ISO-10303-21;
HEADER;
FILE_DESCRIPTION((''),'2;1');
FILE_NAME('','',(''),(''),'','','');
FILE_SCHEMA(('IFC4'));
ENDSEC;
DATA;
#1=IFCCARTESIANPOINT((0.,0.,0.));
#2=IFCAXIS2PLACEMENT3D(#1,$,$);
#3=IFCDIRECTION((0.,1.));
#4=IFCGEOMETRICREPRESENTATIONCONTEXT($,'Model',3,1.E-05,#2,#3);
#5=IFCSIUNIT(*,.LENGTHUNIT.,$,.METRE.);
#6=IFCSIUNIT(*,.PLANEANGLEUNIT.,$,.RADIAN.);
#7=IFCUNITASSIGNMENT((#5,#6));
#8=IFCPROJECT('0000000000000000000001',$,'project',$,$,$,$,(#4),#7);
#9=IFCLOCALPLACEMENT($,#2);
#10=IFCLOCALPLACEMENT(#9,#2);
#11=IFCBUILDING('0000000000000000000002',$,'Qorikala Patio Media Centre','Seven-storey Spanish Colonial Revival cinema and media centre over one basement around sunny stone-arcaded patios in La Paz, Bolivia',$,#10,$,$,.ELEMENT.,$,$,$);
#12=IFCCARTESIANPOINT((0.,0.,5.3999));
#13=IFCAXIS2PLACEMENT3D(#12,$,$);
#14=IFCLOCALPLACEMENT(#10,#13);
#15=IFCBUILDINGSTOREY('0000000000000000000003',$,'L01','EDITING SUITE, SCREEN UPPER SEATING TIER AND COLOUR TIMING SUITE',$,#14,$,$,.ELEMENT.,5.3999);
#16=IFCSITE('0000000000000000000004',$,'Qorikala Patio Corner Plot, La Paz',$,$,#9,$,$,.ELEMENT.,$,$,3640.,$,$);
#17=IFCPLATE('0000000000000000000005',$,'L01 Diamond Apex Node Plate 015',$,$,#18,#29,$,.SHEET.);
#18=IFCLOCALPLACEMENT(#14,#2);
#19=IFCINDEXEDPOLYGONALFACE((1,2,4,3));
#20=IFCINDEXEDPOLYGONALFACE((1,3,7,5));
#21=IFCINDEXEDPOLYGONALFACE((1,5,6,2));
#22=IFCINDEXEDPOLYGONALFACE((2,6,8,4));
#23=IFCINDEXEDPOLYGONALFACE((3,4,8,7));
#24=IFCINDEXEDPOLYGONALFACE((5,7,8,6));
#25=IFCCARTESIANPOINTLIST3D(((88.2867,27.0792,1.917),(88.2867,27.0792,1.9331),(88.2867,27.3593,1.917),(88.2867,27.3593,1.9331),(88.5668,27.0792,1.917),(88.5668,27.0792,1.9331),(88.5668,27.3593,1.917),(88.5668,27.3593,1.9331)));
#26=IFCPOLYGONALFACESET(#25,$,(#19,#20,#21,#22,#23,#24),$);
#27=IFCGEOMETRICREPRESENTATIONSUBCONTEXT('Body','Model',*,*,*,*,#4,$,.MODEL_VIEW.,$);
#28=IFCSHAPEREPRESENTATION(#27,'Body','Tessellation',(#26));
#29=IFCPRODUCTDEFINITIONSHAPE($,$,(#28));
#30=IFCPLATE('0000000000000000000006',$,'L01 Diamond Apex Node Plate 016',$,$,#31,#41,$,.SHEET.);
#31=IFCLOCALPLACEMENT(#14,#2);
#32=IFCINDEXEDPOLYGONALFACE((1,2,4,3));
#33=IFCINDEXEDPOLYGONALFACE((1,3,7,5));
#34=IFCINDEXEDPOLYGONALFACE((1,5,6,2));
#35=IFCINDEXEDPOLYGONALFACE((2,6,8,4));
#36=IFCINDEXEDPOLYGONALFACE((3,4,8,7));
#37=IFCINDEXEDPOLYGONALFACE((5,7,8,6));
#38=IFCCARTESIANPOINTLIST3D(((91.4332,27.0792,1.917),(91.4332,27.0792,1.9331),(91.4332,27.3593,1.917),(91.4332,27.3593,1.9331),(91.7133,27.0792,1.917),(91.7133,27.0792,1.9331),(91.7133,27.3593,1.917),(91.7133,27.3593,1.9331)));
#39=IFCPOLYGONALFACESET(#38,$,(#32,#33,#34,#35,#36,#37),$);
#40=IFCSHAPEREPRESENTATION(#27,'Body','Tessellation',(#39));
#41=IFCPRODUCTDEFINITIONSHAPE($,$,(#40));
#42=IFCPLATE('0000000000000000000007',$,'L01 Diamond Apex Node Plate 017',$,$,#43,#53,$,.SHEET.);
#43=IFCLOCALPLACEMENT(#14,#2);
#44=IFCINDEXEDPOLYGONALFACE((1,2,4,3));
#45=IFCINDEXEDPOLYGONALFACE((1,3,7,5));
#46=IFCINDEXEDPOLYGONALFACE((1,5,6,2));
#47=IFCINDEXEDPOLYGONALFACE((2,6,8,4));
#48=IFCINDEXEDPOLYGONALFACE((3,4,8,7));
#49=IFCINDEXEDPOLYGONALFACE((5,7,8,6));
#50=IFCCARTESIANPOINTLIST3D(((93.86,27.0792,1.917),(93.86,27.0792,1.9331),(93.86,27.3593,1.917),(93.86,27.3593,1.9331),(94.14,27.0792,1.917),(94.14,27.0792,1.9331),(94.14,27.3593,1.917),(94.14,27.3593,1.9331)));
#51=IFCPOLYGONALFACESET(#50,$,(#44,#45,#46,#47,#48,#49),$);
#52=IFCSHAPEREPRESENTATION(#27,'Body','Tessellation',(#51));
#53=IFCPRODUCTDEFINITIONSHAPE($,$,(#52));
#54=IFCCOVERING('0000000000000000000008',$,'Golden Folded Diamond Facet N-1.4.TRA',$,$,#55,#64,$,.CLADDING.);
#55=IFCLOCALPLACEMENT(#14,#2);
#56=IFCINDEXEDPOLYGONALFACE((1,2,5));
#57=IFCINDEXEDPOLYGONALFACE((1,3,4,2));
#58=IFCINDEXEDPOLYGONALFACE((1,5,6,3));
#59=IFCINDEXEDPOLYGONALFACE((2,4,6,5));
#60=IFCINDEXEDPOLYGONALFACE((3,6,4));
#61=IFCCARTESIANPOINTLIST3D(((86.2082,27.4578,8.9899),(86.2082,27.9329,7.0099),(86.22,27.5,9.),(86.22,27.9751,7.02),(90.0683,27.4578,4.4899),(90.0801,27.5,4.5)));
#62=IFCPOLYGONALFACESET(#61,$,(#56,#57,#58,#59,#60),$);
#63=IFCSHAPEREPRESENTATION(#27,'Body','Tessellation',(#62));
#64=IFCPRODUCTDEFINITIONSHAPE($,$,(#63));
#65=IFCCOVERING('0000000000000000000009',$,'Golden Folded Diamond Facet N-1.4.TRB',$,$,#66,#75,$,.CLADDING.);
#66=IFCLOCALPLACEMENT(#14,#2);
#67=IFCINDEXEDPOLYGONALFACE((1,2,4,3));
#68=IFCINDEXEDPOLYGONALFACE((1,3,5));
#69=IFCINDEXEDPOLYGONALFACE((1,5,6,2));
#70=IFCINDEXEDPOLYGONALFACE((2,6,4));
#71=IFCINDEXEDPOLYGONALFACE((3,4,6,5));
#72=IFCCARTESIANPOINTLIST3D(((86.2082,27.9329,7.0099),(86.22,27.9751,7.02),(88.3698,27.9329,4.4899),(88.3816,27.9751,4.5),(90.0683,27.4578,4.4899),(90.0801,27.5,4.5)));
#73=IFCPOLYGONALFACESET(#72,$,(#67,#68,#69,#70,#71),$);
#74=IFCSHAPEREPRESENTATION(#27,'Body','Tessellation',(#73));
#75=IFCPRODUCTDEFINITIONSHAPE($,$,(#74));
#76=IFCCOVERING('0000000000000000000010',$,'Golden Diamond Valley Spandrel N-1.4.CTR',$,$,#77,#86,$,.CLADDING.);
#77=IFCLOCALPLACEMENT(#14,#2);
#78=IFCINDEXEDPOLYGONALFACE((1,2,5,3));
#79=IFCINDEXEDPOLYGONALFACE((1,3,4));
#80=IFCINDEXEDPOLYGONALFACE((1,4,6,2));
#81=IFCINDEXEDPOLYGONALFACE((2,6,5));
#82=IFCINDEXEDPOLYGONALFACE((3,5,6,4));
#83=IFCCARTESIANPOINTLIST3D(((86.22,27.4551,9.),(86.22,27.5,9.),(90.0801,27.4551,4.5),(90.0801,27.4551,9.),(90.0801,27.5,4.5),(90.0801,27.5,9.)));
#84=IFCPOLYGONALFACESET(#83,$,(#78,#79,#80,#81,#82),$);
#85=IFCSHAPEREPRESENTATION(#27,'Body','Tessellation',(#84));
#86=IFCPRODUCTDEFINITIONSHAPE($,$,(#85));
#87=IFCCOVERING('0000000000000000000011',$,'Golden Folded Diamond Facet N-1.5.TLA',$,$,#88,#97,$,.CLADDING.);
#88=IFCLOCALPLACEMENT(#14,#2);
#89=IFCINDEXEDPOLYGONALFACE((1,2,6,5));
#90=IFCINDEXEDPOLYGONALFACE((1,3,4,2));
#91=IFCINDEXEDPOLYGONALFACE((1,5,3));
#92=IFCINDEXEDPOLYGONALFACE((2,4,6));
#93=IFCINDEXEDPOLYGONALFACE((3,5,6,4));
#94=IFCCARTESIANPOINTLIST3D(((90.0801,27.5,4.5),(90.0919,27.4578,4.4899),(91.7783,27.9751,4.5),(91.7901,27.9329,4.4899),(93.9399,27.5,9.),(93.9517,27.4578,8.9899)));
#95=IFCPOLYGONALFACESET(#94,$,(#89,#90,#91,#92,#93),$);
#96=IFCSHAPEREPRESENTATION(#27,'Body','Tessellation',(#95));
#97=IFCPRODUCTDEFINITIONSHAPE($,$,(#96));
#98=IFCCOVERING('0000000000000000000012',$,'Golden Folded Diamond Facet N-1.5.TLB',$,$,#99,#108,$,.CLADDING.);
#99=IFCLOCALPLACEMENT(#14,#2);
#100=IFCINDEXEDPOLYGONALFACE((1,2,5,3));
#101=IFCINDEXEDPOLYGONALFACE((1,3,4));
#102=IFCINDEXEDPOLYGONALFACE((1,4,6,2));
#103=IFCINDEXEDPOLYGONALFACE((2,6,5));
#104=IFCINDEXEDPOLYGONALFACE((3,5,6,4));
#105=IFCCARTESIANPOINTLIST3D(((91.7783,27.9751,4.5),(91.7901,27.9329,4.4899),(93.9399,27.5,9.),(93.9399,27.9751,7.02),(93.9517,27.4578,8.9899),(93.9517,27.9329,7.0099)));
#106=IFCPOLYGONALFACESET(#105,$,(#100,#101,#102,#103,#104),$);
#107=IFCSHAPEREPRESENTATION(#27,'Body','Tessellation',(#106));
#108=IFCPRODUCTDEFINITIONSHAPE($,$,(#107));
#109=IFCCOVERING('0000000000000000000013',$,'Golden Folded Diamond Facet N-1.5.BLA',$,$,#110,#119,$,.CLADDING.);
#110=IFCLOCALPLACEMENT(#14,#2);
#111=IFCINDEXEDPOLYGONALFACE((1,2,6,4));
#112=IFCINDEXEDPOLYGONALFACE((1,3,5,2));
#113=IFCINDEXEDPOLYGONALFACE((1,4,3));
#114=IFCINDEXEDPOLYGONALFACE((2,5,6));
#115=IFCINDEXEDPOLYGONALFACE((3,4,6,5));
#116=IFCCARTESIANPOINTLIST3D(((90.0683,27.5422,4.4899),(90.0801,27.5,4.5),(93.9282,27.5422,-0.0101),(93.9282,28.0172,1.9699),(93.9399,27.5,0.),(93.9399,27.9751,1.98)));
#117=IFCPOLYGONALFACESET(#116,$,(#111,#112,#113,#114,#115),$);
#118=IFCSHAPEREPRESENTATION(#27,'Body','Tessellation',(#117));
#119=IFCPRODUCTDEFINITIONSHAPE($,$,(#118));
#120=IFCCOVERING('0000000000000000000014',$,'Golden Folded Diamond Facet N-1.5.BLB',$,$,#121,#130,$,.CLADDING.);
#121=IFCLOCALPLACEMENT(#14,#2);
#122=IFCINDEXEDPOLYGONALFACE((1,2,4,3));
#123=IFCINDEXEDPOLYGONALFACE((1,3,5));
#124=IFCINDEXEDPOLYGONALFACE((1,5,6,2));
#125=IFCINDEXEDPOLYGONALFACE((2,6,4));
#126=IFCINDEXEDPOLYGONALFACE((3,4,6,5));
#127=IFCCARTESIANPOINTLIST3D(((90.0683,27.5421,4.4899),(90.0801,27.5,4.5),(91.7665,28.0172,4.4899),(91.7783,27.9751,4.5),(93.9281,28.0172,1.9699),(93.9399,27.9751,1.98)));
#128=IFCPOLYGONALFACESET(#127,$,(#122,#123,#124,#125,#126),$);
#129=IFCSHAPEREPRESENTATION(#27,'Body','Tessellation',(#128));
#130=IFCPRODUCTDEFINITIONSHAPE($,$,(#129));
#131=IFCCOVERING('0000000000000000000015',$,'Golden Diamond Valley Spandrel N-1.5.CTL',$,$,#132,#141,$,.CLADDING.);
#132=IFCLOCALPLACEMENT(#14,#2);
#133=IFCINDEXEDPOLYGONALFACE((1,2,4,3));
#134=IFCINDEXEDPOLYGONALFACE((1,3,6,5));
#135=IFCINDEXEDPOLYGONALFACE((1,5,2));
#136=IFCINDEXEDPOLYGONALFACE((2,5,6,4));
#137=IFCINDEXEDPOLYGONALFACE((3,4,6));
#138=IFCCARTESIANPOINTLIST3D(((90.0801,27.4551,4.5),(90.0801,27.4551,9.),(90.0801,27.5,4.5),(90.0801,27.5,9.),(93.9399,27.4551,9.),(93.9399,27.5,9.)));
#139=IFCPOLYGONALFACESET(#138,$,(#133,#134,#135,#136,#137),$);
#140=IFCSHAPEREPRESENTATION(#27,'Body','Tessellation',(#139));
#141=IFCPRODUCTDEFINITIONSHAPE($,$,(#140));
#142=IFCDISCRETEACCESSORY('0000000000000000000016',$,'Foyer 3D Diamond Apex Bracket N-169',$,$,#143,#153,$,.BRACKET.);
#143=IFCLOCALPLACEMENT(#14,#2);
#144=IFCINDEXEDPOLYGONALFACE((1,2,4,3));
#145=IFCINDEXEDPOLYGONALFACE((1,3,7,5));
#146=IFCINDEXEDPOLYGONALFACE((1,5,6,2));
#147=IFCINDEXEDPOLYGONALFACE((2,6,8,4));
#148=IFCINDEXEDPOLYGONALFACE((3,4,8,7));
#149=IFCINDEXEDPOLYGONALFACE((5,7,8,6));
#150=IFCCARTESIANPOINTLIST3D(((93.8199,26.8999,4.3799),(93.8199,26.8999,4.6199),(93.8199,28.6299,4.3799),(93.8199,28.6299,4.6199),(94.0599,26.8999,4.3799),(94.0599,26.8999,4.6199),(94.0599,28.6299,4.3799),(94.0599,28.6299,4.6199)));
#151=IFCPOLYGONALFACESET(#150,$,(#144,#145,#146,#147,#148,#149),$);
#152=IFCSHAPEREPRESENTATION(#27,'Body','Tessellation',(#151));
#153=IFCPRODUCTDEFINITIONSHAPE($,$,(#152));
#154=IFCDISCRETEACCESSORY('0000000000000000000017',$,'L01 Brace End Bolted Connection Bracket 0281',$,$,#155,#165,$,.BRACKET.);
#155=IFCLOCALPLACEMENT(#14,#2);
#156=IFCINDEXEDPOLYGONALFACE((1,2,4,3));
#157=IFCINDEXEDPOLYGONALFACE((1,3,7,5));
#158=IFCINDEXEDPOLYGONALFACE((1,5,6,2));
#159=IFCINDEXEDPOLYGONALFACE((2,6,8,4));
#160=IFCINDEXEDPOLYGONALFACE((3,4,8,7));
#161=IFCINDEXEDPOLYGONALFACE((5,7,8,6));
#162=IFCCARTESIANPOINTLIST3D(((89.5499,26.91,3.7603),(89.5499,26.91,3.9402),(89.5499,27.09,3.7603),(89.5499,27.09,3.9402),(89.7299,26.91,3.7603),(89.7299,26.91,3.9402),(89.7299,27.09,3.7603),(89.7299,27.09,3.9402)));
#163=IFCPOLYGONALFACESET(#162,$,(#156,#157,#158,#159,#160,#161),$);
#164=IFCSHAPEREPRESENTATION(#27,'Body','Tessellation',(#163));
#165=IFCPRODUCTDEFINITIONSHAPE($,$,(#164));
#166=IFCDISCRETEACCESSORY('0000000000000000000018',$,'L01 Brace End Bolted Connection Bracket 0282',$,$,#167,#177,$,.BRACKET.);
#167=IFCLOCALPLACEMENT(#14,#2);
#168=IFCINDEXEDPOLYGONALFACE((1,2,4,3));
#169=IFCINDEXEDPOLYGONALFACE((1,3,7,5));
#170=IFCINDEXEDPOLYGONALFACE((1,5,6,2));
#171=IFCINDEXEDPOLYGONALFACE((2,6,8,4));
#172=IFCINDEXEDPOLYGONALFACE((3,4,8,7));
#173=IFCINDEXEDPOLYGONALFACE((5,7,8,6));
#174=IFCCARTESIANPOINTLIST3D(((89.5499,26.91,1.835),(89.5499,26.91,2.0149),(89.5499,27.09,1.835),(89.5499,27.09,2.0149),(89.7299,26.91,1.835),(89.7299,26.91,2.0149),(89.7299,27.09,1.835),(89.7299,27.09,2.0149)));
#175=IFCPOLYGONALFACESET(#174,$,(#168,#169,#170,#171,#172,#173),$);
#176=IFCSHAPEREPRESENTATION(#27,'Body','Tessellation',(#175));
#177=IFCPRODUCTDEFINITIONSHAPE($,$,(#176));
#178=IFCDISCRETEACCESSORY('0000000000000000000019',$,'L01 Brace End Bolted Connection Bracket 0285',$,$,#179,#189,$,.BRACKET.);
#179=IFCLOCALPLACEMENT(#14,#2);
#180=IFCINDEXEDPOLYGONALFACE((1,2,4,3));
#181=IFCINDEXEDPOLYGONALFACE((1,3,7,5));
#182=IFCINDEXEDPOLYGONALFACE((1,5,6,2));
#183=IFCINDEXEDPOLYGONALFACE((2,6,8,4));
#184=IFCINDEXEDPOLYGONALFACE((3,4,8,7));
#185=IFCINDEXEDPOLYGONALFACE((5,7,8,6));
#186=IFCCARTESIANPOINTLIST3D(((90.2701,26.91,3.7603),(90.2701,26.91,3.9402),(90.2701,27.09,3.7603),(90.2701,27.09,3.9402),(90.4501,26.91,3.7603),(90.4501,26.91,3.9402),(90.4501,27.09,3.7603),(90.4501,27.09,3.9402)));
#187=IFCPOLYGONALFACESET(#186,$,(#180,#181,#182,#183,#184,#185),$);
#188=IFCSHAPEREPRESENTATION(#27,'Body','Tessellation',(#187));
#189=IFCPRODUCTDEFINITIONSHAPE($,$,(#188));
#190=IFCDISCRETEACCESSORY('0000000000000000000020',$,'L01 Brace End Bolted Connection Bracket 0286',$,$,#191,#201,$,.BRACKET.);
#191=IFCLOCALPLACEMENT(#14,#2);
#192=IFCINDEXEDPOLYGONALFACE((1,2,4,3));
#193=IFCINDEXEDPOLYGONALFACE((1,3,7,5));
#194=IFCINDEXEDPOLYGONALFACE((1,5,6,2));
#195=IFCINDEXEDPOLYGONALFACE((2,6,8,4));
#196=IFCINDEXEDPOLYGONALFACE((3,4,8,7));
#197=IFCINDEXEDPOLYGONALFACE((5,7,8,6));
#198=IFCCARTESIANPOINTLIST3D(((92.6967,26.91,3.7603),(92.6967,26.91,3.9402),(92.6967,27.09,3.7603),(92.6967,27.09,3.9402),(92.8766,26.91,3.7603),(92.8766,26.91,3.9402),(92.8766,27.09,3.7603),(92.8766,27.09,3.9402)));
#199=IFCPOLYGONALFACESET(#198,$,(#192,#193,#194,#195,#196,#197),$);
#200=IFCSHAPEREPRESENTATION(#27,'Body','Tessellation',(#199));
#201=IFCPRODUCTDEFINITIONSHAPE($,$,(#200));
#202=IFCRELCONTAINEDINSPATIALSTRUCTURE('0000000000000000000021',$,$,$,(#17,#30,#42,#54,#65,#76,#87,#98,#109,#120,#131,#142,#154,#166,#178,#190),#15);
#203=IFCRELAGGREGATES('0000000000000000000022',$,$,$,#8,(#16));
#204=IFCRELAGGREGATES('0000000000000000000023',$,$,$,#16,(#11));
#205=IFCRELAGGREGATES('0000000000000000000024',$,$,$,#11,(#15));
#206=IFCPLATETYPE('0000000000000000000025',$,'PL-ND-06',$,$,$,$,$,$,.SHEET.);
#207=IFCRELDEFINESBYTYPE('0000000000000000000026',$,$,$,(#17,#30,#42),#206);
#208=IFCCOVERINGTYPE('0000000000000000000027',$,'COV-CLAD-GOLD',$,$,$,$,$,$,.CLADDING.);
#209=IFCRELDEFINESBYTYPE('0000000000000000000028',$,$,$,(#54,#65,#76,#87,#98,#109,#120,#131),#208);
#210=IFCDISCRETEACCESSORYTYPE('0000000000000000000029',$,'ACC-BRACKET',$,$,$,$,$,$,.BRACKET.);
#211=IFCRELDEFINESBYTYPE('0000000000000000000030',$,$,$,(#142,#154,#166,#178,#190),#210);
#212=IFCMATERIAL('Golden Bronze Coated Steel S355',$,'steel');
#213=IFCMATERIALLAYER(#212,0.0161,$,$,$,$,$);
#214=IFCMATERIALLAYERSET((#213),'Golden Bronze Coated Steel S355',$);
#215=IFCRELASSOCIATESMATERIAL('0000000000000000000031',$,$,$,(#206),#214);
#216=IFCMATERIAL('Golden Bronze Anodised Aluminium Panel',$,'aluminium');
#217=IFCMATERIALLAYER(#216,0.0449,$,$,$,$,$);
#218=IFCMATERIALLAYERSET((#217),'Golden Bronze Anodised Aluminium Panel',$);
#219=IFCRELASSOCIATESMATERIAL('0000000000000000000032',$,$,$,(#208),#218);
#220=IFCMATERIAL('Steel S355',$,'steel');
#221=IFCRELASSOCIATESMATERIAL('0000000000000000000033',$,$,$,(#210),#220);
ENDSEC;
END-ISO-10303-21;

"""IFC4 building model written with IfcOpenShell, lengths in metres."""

from ifc_helpers import new_model, si_unit, direction, frame, origin, origin_2d, place, context, subcontext, project, spatial, polyline, rectangle, outline, extrude, material, layer, layer_set, type_object, element, save


model = new_model("IFC4")

# Units and contexts
model_context = context("Model", 3, precision=1e-05, world=origin(), true_north=direction((0.0, 1.0)))
body_context = subcontext(model_context, "Body", "Model", "MODEL_VIEW")
ifc_project = project(units=[si_unit("LENGTHUNIT", "METRE"), si_unit("PLANEANGLEUNIT", "RADIAN")], contexts=[model_context])

# Site, building, storey
site_placement = place(None, origin())
site = spatial("IfcSite", under=ifc_project, at=site_placement, Name="Qorikala Patio Corner Plot, La Paz", CompositionType="ELEMENT", RefElevation=3640.0)
building_placement = place(site_placement, origin())
building = spatial("IfcBuilding", under=site, at=building_placement, Name="Qorikala Patio Media Centre", Description="Seven-storey Spanish Colonial Revival cinema and media centre over one basement around sunny stone-arcaded patios in La Paz, Bolivia", CompositionType="ELEMENT")
storey_placement = place(building_placement, frame((0.0, 0.0, 5.3999)))
storey = spatial("IfcBuildingStorey", under=building, at=storey_placement, Name="L01", Description="EDITING SUITE, SCREEN UPPER SEATING TIER AND COLOUR TIMING SUITE", CompositionType="ELEMENT", Elevation=5.3999)

# Shared definitions
ifc_material_1 = material(Name="Golden Bronze Coated Steel S355", Category="steel")

# Plates
ifc_layer_1 = layer(ifc_material_1, 0.0161)
ifc_layer_set_1 = layer_set([ifc_layer_1], Name="Golden Bronze Coated Steel S355")
plate_type_1 = type_object("IfcPlateType", Name="PL-ND-06", PredefinedType="SHEET", material=ifc_layer_set_1)
for number, where, z_axis, x_axis, name in (
    (1, (88.4268, 27.2192, 1.917), (0.0, 0.0, 1.0), (1.0, 0.0, 0.0), "L01 Diamond Apex Node Plate 015"),
    (2, (91.5732, 27.2192, 1.917), (0.0, 0.0, 1.0), (1.0, 0.0, 0.0), "L01 Diamond Apex Node Plate 016"),
    (3, (94.0, 27.2192, 1.917), (0.0, 0.0, 1.0), (1.0, 0.0, 0.0), "L01 Diamond Apex Node Plate 017"),
):
    element("IfcPlate", number, at=place(storey_placement, frame(where, z_axis=z_axis, x_axis=x_axis)), inside=storey, type_object=plate_type_1, Name=name, PredefinedType="SHEET", context=body_context, shape_type="SweptSolid", body=[
        extrude(rectangle(XDim=0.28, YDim=0.28, at=origin_2d()), origin(), (0.0, 0.0, 1.0), 0.0161),
    ])

# Coverings
ifc_material_2 = material(Name="Golden Bronze Anodised Aluminium Panel", Category="aluminium")
ifc_layer_2 = layer(ifc_material_2, 0.0449)
ifc_layer_set_2 = layer_set([ifc_layer_2], Name="Golden Bronze Anodised Aluminium Panel")
covering_type = type_object("IfcCoveringType", Name="COV-CLAD-GOLD", PredefinedType="CLADDING", material=ifc_layer_set_2)
covering_1_placement = place(storey_placement, frame((90.0801, 27.5, 4.5), z_axis=(0.26247, 0.938306, 0.225147), x_axis=(-0.65108, 0.0, 0.759009)))
element("IfcCovering", 4, at=covering_1_placement, inside=storey, type_object=covering_type, Name="Golden Folded Diamond Facet N-1.4.TRA", PredefinedType="CLADDING", context=body_context, shape_type="SweptSolid", body=[
    extrude(outline(polyline([(0.0, 0.0), (5.9288, 0.0), (4.426, -1.3739), (0.0, 0.0)])), origin(), (0.0, 0.0, -1.0), 0.0449),
])
covering_2_placement = place(storey_placement, frame((90.0801, 27.5, 4.5), z_axis=(0.262463, 0.938311, 0.225135), x_axis=(-0.832945, 0.102518, 0.543777)))
element("IfcCovering", 5, at=covering_2_placement, inside=storey, type_object=covering_type, Name="Golden Folded Diamond Facet N-1.4.TRB", PredefinedType="CLADDING", context=body_context, shape_type="SweptSolid", body=[
    extrude(outline(polyline([(0.0, 0.0), (4.6343, 0.0), (1.4635, -0.9843), (0.0, 0.0)])), origin(), (0.0, 0.0, -1.0), 0.0449),
])
covering_3_placement = place(storey_placement, frame((90.0801, 27.5, 9.0), z_axis=(0.0, 1.0, 0.0), x_axis=(0.0, 0.0, -1.0)))
element("IfcCovering", 6, at=covering_3_placement, inside=storey, type_object=covering_type, Name="Golden Diamond Valley Spandrel N-1.4.CTR", PredefinedType="CLADDING", context=body_context, shape_type="SweptSolid", body=[
    extrude(outline(polyline([(0.0, 0.0), (4.5, 0.0), (0.0, 3.8601), (0.0, 0.0)])), origin(), (0.0, 0.0, -1.0), 0.0449),
])
covering_4_placement = place(storey_placement, frame((93.9399, 27.5, 9.0), z_axis=(-0.262496, 0.938297, 0.225156), x_axis=(-0.651056, 0.0, -0.75903)))
element("IfcCovering", 7, at=covering_4_placement, inside=storey, type_object=covering_type, Name="Golden Folded Diamond Facet N-1.5.TLA", PredefinedType="CLADDING", context=body_context, shape_type="SweptSolid", body=[
    extrude(outline(polyline([(0.0, 0.0), (5.9286, 0.0), (4.823, -1.3738), (0.0, 0.0)])), origin(), (0.0, 0.0, -1.0), 0.0449),
])
covering_5_placement = place(storey_placement, frame((93.9399, 27.5, 9.0), z_axis=(-0.262476, 0.938304, 0.225147), x_axis=(-0.431047, 0.094739, -0.897342)))
element("IfcCovering", 8, at=covering_5_placement, inside=storey, type_object=covering_type, Name="Golden Folded Diamond Facet N-1.5.TLB", PredefinedType="CLADDING", context=body_context, shape_type="SweptSolid", body=[
    extrude(outline(polyline([(0.0, 0.0), (5.0148, 0.0), (1.8217, -0.9096), (0.0, 0.0)])), origin(), (0.0, 0.0, -1.0), 0.0449),
])
covering_6_placement = place(storey_placement, frame((90.0801, 27.5, 4.5), z_axis=(0.262485, -0.938302, 0.225146), x_axis=(0.651056, 0.0, -0.75903)))
element("IfcCovering", 9, at=covering_6_placement, inside=storey, type_object=covering_type, Name="Golden Folded Diamond Facet N-1.5.BLA", PredefinedType="CLADDING", context=body_context, shape_type="SweptSolid", body=[
    extrude(outline(polyline([(0.0, 0.0), (5.9286, 0.0), (4.4258, 1.3738), (0.0, 0.0)])), origin(), (0.0, 0.0, -1.0), 0.0449),
])
covering_7_placement = place(storey_placement, frame((90.0801, 27.5, 4.5), z_axis=(0.262496, -0.938295, 0.225164), x_axis=(0.832929, 0.102522, -0.543801)))
element("IfcCovering", 10, at=covering_7_placement, inside=storey, type_object=covering_type, Name="Golden Folded Diamond Facet N-1.5.BLB", PredefinedType="CLADDING", context=body_context, shape_type="SweptSolid", body=[
    extrude(outline(polyline([(0.0, 0.0), (4.6341, 0.0), (1.4632, 0.9842), (0.0, 0.0)])), origin(), (0.0, 0.0, -1.0), 0.0449),
])
covering_8_placement = place(storey_placement, frame((90.0801, 27.5, 9.0), z_axis=(0.0, 1.0, 0.0), x_axis=(1.0, 0.0, 0.0)))
element("IfcCovering", 11, at=covering_8_placement, inside=storey, type_object=covering_type, Name="Golden Diamond Valley Spandrel N-1.5.CTL", PredefinedType="CLADDING", context=body_context, shape_type="SweptSolid", body=[
    extrude(outline(polyline([(0.0, 0.0), (3.8599, 0.0), (0.0, 4.5), (0.0, 0.0)])), origin(), (0.0, 0.0, -1.0), 0.0449),
])

# Discrete accessories
ifc_material_3 = material(Name="Steel S355", Category="steel")
discrete_accessory_type = type_object("IfcDiscreteAccessoryType", Name="ACC-BRACKET", PredefinedType="BRACKET", material=ifc_material_3)
discrete_accessory_placement = place(storey_placement, frame((93.9399, 27.7649, 4.3799), z_axis=(0.0, 0.0, 1.0), x_axis=(1.0, 0.0, 0.0)))
element("IfcDiscreteAccessory", 12, at=discrete_accessory_placement, inside=storey, type_object=discrete_accessory_type, Name="Foyer 3D Diamond Apex Bracket N-169", PredefinedType="BRACKET", context=body_context, shape_type="SweptSolid", body=[
    extrude(rectangle(XDim=0.24, YDim=1.73, at=origin_2d()), origin(), (0.0, 0.0, 1.0), 0.24),
])
for number, where, z_axis, x_axis, name in (
    (13, (89.6399, 27.0, 3.7603), (0.0, 0.0, 1.0), (1.0, 0.0, 0.0), "L01 Brace End Bolted Connection Bracket 0281"),
    (14, (89.6399, 27.0, 1.835), (0.0, 0.0, 1.0), (1.0, 0.0, 0.0), "L01 Brace End Bolted Connection Bracket 0282"),
    (15, (90.3601, 27.0, 3.7603), (0.0, 0.0, 1.0), (1.0, 0.0, 0.0), "L01 Brace End Bolted Connection Bracket 0285"),
    (16, (92.7866, 27.0, 3.7603), (0.0, 0.0, 1.0), (1.0, 0.0, 0.0), "L01 Brace End Bolted Connection Bracket 0286"),
):
    element("IfcDiscreteAccessory", number, at=place(storey_placement, frame(where, z_axis=z_axis, x_axis=x_axis)), inside=storey, type_object=discrete_accessory_type, Name=name, PredefinedType="BRACKET", context=body_context, shape_type="SweptSolid", body=[
        extrude(rectangle(XDim=0.1799, YDim=0.1799, at=origin_2d()), origin(), (0.0, 0.0, 1.0), 0.1799),
    ])

save(model, "model.ifc")
